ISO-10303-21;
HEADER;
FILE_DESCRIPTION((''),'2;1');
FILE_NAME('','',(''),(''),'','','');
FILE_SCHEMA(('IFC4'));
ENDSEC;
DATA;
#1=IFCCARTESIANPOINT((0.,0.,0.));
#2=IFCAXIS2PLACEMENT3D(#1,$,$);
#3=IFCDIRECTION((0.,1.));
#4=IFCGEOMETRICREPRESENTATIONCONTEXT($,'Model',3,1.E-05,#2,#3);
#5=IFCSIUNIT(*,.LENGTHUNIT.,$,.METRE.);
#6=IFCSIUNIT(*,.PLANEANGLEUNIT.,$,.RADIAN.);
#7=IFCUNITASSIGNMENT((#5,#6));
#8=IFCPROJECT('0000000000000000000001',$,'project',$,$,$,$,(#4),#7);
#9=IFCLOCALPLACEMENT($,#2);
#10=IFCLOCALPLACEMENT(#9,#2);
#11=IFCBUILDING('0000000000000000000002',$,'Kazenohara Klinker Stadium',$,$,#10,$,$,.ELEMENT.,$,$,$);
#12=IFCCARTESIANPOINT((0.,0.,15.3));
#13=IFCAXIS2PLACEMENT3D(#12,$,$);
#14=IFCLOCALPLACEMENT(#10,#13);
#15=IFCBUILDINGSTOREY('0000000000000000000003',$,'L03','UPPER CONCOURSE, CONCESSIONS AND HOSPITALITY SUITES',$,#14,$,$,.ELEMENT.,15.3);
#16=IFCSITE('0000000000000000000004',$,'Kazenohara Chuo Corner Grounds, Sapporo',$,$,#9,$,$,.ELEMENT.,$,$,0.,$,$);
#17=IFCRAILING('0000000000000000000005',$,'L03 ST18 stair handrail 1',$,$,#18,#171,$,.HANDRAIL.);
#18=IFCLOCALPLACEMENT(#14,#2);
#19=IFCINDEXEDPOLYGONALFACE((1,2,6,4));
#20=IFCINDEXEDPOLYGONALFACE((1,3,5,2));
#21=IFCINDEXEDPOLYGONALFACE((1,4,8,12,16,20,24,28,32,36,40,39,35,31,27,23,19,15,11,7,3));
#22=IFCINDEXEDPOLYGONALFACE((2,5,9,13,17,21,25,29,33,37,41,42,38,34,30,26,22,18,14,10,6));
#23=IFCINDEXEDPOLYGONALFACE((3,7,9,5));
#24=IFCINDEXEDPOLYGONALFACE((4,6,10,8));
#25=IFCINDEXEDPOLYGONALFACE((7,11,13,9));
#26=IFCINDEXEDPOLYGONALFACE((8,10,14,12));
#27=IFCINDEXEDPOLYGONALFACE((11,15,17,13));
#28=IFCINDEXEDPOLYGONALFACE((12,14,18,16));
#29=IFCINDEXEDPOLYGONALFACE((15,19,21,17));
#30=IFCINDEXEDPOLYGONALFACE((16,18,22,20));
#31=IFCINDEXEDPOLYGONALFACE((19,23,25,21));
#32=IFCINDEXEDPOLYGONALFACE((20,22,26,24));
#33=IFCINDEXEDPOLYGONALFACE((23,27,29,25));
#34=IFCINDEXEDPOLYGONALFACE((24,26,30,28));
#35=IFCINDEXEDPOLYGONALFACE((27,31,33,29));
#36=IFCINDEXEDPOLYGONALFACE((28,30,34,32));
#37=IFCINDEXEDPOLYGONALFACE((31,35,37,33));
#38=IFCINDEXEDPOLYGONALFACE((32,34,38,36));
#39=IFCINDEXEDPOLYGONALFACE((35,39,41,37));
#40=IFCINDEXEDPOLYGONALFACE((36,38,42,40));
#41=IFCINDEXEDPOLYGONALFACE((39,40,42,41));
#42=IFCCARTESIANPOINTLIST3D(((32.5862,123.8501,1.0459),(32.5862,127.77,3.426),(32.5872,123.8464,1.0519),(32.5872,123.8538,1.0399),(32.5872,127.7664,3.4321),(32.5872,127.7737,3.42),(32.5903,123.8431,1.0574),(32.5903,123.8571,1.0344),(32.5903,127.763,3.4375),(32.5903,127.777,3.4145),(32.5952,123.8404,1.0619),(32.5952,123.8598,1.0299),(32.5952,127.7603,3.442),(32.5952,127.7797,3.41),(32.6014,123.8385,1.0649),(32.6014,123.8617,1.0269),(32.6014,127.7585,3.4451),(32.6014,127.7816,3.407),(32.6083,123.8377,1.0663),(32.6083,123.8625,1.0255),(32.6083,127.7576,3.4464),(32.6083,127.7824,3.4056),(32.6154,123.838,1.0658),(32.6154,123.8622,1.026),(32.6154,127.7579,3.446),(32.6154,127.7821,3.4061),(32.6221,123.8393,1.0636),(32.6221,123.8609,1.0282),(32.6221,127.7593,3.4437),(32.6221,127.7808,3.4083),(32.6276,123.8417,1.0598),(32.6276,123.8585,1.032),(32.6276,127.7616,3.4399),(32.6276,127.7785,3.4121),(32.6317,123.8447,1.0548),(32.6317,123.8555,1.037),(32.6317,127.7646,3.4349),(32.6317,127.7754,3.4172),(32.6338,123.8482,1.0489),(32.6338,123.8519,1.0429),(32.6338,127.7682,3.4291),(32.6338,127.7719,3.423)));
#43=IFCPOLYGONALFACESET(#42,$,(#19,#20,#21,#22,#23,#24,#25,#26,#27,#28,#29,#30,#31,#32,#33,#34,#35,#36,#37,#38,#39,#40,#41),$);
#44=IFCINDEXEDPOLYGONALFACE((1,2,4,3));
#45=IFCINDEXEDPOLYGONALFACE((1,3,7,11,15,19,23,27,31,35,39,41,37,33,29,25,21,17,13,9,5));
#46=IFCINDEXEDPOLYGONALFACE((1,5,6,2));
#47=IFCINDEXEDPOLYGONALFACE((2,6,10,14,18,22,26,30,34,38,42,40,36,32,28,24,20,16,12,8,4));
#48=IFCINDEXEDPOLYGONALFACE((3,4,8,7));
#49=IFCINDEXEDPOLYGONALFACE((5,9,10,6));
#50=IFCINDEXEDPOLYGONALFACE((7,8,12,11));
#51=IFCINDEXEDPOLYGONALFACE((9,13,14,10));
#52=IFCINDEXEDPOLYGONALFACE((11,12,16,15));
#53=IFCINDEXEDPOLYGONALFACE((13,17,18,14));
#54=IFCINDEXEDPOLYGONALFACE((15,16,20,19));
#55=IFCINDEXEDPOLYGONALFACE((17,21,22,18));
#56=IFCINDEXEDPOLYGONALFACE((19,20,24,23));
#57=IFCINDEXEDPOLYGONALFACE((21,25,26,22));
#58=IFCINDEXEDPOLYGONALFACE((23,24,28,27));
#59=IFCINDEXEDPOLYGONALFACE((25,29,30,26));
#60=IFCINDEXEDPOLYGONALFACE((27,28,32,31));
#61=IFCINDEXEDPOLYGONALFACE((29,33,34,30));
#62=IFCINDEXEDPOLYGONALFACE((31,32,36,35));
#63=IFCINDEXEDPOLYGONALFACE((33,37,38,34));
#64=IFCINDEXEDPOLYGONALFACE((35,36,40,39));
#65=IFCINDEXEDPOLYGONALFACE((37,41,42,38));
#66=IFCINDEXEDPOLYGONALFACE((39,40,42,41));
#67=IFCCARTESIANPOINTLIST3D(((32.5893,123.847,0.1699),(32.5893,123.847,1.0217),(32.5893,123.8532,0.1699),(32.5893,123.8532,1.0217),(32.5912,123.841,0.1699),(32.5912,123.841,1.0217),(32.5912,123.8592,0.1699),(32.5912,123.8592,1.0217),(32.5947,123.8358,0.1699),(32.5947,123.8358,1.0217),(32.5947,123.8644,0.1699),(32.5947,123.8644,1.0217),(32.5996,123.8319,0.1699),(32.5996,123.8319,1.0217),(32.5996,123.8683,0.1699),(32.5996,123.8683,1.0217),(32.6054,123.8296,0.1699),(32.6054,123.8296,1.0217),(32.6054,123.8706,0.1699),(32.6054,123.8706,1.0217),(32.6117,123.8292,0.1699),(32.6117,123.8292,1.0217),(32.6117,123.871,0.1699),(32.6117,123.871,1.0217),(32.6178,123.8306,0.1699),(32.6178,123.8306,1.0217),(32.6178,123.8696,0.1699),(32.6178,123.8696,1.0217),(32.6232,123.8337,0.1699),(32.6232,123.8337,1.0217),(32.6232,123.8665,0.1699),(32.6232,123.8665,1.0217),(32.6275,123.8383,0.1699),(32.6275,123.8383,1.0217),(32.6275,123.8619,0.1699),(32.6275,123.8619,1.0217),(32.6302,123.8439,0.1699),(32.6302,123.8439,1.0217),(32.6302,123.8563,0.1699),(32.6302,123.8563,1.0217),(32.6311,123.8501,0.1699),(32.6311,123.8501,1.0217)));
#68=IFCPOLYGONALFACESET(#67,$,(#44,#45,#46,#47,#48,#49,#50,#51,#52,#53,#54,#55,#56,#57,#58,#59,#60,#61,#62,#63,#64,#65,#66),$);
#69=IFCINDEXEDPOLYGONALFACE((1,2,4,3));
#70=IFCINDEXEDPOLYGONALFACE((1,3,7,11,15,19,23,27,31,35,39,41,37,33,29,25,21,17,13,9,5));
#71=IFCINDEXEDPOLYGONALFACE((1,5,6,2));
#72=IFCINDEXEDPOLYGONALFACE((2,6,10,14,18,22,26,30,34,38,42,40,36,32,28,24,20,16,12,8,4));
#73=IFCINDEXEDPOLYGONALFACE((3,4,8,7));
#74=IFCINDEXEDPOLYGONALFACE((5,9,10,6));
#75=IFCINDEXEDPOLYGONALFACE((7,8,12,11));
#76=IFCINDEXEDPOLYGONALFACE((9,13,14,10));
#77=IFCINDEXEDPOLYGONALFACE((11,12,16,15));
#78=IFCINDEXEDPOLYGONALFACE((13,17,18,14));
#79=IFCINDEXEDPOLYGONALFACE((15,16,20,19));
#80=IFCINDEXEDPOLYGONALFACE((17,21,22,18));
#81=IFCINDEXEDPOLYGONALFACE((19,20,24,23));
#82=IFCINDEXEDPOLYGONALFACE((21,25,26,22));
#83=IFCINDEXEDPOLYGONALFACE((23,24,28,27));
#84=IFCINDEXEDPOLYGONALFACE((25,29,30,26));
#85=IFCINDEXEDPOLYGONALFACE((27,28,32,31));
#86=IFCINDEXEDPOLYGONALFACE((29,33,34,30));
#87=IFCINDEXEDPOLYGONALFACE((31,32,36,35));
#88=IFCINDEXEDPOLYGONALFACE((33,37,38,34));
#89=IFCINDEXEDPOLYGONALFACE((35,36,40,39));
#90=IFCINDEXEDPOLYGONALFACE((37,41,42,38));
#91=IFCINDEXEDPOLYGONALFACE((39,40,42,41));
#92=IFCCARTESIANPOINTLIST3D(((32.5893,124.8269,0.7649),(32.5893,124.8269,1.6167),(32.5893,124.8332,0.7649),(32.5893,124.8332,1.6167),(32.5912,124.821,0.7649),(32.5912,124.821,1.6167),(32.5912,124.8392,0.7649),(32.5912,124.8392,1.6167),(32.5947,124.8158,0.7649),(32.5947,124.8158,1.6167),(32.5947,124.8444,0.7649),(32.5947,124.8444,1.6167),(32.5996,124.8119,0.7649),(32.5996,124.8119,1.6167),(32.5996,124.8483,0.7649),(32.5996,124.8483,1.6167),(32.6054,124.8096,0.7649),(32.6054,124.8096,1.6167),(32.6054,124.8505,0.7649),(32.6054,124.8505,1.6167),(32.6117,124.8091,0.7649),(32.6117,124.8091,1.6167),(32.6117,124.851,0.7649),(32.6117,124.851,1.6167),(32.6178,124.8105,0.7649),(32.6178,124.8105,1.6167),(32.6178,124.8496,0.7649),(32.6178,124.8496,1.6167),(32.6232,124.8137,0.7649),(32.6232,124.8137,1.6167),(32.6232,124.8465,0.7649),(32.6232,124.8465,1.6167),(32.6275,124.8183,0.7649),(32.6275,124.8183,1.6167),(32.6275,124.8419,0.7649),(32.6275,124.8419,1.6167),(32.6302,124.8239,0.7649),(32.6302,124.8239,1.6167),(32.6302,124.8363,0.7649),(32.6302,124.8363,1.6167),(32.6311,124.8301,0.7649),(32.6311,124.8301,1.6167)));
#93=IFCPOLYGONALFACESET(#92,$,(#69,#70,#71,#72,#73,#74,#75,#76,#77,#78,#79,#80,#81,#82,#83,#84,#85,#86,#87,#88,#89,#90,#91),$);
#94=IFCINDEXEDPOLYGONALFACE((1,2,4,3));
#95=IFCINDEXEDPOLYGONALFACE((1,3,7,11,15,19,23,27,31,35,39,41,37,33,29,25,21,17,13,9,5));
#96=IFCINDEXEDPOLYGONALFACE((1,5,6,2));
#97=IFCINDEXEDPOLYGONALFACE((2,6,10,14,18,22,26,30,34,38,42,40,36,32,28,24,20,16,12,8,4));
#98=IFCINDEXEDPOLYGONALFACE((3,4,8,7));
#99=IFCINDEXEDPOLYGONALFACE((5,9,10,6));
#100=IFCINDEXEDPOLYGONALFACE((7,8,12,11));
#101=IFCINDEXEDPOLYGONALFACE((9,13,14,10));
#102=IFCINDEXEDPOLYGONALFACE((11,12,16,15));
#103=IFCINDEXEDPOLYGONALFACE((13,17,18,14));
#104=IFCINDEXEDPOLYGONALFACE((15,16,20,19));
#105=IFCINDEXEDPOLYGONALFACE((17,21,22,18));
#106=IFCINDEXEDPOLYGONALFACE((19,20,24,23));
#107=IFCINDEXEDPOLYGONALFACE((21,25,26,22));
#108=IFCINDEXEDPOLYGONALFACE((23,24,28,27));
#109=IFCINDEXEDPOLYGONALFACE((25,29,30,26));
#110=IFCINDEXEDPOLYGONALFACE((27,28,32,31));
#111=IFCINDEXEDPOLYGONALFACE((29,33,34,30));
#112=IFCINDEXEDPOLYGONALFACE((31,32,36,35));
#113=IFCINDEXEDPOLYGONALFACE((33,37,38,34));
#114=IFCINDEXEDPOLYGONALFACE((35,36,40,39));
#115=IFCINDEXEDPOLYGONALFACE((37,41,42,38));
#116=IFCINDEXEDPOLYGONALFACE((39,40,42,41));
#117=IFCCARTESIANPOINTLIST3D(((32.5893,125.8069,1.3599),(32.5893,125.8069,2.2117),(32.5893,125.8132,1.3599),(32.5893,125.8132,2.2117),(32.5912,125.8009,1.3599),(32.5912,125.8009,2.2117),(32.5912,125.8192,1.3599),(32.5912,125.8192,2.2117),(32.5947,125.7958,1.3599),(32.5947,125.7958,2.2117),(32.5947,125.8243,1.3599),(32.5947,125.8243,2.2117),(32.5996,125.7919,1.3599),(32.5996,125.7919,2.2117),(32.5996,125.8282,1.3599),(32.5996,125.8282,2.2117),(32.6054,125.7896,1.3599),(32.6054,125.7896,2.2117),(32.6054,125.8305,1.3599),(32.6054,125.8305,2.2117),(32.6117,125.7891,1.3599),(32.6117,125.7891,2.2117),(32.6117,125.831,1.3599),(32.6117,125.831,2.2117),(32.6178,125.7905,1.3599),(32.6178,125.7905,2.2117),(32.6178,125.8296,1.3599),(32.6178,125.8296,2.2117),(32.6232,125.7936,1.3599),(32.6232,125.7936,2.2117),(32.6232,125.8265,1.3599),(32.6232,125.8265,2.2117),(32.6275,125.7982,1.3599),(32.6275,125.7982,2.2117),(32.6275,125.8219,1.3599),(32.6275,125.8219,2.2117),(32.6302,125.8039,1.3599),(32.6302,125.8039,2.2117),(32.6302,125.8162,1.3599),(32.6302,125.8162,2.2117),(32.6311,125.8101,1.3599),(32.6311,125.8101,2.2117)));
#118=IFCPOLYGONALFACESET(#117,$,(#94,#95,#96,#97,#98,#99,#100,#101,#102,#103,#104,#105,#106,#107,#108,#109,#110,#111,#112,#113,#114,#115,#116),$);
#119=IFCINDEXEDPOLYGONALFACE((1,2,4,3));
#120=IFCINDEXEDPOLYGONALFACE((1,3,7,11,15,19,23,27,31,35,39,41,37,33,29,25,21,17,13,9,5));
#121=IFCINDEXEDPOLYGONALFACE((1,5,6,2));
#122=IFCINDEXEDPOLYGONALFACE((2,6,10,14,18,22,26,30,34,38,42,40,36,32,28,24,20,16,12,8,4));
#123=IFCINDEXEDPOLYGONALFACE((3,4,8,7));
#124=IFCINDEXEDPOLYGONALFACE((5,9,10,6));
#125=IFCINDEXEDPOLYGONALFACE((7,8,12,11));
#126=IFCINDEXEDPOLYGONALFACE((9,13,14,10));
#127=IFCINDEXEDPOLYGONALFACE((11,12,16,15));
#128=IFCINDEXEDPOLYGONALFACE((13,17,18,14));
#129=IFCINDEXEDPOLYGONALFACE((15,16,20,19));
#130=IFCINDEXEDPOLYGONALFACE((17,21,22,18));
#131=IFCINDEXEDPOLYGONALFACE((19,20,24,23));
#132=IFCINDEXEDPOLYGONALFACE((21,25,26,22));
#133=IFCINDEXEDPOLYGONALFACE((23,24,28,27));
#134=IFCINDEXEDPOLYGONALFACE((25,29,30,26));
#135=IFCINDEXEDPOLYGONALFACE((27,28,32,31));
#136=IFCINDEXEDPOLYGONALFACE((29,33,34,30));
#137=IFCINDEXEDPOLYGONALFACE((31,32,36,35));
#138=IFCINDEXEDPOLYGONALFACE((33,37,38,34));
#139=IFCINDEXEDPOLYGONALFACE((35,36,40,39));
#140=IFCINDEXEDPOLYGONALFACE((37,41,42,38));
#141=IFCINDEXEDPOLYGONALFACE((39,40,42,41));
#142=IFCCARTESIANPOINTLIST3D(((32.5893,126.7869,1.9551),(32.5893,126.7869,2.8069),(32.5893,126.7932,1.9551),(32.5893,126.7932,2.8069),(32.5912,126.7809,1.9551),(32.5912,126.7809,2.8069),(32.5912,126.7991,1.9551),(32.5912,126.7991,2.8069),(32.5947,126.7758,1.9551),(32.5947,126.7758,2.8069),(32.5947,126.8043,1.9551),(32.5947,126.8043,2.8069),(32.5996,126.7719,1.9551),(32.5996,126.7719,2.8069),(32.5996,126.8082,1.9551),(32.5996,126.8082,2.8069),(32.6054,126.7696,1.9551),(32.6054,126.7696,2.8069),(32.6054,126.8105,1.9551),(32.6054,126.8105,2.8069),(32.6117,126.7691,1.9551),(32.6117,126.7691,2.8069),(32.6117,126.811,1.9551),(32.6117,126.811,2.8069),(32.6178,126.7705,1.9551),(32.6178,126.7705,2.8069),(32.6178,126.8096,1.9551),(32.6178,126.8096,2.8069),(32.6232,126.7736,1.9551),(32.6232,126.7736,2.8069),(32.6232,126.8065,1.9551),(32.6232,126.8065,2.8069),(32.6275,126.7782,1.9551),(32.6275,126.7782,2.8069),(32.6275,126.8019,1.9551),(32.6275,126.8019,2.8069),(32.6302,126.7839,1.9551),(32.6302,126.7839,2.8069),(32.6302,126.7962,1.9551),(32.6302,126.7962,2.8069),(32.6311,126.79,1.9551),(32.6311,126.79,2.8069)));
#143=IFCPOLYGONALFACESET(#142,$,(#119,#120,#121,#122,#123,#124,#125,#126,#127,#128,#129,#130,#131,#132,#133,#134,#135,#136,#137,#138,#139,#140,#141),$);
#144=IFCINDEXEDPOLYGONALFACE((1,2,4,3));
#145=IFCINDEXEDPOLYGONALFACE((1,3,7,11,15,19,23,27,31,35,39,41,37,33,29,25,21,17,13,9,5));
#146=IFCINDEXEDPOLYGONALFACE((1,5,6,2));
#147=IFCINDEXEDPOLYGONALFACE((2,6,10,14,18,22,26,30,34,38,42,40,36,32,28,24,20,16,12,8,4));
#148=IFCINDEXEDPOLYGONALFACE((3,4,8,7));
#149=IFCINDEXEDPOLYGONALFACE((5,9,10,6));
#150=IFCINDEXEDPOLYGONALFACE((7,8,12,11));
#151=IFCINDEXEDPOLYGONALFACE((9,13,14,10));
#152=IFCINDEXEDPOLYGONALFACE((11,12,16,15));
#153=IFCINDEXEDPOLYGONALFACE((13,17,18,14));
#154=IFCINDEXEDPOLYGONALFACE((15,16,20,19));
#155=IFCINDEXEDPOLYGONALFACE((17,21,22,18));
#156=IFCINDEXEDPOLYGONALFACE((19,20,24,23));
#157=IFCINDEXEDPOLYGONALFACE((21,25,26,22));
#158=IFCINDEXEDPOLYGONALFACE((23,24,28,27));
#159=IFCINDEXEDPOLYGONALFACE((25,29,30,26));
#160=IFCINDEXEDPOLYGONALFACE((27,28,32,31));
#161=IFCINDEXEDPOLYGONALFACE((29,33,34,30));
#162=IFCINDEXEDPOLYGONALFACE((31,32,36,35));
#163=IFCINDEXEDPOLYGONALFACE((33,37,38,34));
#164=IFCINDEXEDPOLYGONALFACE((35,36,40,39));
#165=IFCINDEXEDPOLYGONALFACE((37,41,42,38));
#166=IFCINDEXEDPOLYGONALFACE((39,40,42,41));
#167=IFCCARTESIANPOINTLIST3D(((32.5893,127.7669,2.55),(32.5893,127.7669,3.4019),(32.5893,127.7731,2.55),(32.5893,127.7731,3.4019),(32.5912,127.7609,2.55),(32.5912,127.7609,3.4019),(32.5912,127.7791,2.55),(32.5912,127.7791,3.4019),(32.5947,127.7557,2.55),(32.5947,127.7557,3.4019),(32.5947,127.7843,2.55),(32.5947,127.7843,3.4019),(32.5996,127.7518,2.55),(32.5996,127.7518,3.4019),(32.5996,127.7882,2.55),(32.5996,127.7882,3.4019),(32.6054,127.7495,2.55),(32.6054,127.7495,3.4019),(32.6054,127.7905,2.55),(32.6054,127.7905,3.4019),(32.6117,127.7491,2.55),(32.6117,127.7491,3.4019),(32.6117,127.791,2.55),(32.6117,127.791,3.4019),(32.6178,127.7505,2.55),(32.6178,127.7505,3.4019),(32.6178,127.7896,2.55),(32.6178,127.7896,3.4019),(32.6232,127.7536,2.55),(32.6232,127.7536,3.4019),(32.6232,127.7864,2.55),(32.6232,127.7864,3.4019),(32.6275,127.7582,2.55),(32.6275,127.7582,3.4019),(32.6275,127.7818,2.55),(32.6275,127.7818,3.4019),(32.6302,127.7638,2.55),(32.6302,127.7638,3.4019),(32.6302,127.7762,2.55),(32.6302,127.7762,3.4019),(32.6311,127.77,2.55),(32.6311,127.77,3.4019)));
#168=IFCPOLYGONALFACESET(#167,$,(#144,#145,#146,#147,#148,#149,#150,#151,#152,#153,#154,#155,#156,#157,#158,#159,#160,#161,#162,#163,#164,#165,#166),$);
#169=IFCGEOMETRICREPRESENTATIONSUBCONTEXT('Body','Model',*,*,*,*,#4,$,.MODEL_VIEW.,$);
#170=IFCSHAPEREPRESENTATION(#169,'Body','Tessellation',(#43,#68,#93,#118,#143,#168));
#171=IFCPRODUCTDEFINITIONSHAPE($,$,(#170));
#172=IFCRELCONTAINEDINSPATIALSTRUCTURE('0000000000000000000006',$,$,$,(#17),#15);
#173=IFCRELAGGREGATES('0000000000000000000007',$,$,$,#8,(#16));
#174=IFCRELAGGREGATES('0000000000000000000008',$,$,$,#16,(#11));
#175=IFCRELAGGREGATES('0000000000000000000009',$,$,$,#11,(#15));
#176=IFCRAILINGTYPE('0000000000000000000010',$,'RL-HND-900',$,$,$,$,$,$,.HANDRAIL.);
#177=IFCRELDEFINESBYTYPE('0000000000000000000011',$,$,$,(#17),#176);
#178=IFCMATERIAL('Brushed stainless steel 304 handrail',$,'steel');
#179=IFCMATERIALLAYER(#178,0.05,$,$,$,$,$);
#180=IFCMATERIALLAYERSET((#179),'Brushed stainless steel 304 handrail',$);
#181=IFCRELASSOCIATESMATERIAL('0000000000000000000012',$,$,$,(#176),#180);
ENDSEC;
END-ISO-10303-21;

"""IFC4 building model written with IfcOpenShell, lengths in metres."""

from ifc_helpers import new_model, si_unit, direction, frame, origin, origin_2d, place, context, subcontext, project, spatial, circle, extrude, material, layer, layer_set, type_object, element, save


model = new_model("IFC4")

# Units and contexts
model_context = context("Model", 3, precision=1e-05, world=origin(), true_north=direction((0.0, 1.0)))
body_context = subcontext(model_context, "Body", "Model", "MODEL_VIEW")
ifc_project = project(units=[si_unit("LENGTHUNIT", "METRE"), si_unit("PLANEANGLEUNIT", "RADIAN")], contexts=[model_context])

# Site, building, storey
site_placement = place(None, origin())
site = spatial("IfcSite", under=ifc_project, at=site_placement, Name="Kazenohara Chuo Corner Grounds, Sapporo", CompositionType="ELEMENT", RefElevation=0.0)
building_placement = place(site_placement, origin())
building = spatial("IfcBuilding", under=site, at=building_placement, Name="Kazenohara Klinker Stadium", CompositionType="ELEMENT")
storey_placement = place(building_placement, frame((0.0, 0.0, 15.3)))
storey = spatial("IfcBuildingStorey", under=building, at=storey_placement, Name="L03", Description="UPPER CONCOURSE, CONCESSIONS AND HOSPITALITY SUITES", CompositionType="ELEMENT", Elevation=15.3)

# Railing
ifc_material_1 = material(Name="Brushed stainless steel 304 handrail", Category="steel")
ifc_layer_1 = layer(ifc_material_1, 0.05)
ifc_layer_set_1 = layer_set([ifc_layer_1], Name="Brushed stainless steel 304 handrail")
railing_type_1 = type_object("IfcRailingType", Name="RL-HND-900", PredefinedType="HANDRAIL", material=ifc_layer_set_1)
railing_1_placement = place(storey_placement, frame((32.6101, 123.8501, 0.1699)))
element("IfcRailing", 1, at=railing_1_placement, inside=storey, type_object=railing_type_1, Name="L03 ST18 stair handrail 1", PredefinedType="HANDRAIL", context=body_context, shape_type="SweptSolid", body=[
    extrude(circle(Radius=0.0239, at=origin_2d()), frame((0.0, 0.0, 0.876), z_axis=(0.0, 0.854771, 0.519006), x_axis=(-1.0, 0.0, 0.0)), (0.0, 0.0, 1.0), 4.5859),
    extrude(circle(Radius=0.021, at=origin_2d()), origin(), (0.0, 0.0, 1.0), 0.8518),
    extrude(circle(Radius=0.021, at=origin_2d()), frame((0.0, 0.98, 0.595)), (0.0, 0.0, 1.0), 0.8518),
    extrude(circle(Radius=0.021, at=origin_2d()), frame((0.0, 1.96, 1.1899)), (0.0, 0.0, 1.0), 0.8518),
    extrude(circle(Radius=0.021, at=origin_2d()), frame((0.0, 2.9399, 1.7852)), (0.0, 0.0, 1.0), 0.8518),
    extrude(circle(Radius=0.021, at=origin_2d()), frame((0.0, 3.9199, 2.3801)), (0.0, 0.0, 1.0), 0.8518),
])

save(model, "model.ifc")
